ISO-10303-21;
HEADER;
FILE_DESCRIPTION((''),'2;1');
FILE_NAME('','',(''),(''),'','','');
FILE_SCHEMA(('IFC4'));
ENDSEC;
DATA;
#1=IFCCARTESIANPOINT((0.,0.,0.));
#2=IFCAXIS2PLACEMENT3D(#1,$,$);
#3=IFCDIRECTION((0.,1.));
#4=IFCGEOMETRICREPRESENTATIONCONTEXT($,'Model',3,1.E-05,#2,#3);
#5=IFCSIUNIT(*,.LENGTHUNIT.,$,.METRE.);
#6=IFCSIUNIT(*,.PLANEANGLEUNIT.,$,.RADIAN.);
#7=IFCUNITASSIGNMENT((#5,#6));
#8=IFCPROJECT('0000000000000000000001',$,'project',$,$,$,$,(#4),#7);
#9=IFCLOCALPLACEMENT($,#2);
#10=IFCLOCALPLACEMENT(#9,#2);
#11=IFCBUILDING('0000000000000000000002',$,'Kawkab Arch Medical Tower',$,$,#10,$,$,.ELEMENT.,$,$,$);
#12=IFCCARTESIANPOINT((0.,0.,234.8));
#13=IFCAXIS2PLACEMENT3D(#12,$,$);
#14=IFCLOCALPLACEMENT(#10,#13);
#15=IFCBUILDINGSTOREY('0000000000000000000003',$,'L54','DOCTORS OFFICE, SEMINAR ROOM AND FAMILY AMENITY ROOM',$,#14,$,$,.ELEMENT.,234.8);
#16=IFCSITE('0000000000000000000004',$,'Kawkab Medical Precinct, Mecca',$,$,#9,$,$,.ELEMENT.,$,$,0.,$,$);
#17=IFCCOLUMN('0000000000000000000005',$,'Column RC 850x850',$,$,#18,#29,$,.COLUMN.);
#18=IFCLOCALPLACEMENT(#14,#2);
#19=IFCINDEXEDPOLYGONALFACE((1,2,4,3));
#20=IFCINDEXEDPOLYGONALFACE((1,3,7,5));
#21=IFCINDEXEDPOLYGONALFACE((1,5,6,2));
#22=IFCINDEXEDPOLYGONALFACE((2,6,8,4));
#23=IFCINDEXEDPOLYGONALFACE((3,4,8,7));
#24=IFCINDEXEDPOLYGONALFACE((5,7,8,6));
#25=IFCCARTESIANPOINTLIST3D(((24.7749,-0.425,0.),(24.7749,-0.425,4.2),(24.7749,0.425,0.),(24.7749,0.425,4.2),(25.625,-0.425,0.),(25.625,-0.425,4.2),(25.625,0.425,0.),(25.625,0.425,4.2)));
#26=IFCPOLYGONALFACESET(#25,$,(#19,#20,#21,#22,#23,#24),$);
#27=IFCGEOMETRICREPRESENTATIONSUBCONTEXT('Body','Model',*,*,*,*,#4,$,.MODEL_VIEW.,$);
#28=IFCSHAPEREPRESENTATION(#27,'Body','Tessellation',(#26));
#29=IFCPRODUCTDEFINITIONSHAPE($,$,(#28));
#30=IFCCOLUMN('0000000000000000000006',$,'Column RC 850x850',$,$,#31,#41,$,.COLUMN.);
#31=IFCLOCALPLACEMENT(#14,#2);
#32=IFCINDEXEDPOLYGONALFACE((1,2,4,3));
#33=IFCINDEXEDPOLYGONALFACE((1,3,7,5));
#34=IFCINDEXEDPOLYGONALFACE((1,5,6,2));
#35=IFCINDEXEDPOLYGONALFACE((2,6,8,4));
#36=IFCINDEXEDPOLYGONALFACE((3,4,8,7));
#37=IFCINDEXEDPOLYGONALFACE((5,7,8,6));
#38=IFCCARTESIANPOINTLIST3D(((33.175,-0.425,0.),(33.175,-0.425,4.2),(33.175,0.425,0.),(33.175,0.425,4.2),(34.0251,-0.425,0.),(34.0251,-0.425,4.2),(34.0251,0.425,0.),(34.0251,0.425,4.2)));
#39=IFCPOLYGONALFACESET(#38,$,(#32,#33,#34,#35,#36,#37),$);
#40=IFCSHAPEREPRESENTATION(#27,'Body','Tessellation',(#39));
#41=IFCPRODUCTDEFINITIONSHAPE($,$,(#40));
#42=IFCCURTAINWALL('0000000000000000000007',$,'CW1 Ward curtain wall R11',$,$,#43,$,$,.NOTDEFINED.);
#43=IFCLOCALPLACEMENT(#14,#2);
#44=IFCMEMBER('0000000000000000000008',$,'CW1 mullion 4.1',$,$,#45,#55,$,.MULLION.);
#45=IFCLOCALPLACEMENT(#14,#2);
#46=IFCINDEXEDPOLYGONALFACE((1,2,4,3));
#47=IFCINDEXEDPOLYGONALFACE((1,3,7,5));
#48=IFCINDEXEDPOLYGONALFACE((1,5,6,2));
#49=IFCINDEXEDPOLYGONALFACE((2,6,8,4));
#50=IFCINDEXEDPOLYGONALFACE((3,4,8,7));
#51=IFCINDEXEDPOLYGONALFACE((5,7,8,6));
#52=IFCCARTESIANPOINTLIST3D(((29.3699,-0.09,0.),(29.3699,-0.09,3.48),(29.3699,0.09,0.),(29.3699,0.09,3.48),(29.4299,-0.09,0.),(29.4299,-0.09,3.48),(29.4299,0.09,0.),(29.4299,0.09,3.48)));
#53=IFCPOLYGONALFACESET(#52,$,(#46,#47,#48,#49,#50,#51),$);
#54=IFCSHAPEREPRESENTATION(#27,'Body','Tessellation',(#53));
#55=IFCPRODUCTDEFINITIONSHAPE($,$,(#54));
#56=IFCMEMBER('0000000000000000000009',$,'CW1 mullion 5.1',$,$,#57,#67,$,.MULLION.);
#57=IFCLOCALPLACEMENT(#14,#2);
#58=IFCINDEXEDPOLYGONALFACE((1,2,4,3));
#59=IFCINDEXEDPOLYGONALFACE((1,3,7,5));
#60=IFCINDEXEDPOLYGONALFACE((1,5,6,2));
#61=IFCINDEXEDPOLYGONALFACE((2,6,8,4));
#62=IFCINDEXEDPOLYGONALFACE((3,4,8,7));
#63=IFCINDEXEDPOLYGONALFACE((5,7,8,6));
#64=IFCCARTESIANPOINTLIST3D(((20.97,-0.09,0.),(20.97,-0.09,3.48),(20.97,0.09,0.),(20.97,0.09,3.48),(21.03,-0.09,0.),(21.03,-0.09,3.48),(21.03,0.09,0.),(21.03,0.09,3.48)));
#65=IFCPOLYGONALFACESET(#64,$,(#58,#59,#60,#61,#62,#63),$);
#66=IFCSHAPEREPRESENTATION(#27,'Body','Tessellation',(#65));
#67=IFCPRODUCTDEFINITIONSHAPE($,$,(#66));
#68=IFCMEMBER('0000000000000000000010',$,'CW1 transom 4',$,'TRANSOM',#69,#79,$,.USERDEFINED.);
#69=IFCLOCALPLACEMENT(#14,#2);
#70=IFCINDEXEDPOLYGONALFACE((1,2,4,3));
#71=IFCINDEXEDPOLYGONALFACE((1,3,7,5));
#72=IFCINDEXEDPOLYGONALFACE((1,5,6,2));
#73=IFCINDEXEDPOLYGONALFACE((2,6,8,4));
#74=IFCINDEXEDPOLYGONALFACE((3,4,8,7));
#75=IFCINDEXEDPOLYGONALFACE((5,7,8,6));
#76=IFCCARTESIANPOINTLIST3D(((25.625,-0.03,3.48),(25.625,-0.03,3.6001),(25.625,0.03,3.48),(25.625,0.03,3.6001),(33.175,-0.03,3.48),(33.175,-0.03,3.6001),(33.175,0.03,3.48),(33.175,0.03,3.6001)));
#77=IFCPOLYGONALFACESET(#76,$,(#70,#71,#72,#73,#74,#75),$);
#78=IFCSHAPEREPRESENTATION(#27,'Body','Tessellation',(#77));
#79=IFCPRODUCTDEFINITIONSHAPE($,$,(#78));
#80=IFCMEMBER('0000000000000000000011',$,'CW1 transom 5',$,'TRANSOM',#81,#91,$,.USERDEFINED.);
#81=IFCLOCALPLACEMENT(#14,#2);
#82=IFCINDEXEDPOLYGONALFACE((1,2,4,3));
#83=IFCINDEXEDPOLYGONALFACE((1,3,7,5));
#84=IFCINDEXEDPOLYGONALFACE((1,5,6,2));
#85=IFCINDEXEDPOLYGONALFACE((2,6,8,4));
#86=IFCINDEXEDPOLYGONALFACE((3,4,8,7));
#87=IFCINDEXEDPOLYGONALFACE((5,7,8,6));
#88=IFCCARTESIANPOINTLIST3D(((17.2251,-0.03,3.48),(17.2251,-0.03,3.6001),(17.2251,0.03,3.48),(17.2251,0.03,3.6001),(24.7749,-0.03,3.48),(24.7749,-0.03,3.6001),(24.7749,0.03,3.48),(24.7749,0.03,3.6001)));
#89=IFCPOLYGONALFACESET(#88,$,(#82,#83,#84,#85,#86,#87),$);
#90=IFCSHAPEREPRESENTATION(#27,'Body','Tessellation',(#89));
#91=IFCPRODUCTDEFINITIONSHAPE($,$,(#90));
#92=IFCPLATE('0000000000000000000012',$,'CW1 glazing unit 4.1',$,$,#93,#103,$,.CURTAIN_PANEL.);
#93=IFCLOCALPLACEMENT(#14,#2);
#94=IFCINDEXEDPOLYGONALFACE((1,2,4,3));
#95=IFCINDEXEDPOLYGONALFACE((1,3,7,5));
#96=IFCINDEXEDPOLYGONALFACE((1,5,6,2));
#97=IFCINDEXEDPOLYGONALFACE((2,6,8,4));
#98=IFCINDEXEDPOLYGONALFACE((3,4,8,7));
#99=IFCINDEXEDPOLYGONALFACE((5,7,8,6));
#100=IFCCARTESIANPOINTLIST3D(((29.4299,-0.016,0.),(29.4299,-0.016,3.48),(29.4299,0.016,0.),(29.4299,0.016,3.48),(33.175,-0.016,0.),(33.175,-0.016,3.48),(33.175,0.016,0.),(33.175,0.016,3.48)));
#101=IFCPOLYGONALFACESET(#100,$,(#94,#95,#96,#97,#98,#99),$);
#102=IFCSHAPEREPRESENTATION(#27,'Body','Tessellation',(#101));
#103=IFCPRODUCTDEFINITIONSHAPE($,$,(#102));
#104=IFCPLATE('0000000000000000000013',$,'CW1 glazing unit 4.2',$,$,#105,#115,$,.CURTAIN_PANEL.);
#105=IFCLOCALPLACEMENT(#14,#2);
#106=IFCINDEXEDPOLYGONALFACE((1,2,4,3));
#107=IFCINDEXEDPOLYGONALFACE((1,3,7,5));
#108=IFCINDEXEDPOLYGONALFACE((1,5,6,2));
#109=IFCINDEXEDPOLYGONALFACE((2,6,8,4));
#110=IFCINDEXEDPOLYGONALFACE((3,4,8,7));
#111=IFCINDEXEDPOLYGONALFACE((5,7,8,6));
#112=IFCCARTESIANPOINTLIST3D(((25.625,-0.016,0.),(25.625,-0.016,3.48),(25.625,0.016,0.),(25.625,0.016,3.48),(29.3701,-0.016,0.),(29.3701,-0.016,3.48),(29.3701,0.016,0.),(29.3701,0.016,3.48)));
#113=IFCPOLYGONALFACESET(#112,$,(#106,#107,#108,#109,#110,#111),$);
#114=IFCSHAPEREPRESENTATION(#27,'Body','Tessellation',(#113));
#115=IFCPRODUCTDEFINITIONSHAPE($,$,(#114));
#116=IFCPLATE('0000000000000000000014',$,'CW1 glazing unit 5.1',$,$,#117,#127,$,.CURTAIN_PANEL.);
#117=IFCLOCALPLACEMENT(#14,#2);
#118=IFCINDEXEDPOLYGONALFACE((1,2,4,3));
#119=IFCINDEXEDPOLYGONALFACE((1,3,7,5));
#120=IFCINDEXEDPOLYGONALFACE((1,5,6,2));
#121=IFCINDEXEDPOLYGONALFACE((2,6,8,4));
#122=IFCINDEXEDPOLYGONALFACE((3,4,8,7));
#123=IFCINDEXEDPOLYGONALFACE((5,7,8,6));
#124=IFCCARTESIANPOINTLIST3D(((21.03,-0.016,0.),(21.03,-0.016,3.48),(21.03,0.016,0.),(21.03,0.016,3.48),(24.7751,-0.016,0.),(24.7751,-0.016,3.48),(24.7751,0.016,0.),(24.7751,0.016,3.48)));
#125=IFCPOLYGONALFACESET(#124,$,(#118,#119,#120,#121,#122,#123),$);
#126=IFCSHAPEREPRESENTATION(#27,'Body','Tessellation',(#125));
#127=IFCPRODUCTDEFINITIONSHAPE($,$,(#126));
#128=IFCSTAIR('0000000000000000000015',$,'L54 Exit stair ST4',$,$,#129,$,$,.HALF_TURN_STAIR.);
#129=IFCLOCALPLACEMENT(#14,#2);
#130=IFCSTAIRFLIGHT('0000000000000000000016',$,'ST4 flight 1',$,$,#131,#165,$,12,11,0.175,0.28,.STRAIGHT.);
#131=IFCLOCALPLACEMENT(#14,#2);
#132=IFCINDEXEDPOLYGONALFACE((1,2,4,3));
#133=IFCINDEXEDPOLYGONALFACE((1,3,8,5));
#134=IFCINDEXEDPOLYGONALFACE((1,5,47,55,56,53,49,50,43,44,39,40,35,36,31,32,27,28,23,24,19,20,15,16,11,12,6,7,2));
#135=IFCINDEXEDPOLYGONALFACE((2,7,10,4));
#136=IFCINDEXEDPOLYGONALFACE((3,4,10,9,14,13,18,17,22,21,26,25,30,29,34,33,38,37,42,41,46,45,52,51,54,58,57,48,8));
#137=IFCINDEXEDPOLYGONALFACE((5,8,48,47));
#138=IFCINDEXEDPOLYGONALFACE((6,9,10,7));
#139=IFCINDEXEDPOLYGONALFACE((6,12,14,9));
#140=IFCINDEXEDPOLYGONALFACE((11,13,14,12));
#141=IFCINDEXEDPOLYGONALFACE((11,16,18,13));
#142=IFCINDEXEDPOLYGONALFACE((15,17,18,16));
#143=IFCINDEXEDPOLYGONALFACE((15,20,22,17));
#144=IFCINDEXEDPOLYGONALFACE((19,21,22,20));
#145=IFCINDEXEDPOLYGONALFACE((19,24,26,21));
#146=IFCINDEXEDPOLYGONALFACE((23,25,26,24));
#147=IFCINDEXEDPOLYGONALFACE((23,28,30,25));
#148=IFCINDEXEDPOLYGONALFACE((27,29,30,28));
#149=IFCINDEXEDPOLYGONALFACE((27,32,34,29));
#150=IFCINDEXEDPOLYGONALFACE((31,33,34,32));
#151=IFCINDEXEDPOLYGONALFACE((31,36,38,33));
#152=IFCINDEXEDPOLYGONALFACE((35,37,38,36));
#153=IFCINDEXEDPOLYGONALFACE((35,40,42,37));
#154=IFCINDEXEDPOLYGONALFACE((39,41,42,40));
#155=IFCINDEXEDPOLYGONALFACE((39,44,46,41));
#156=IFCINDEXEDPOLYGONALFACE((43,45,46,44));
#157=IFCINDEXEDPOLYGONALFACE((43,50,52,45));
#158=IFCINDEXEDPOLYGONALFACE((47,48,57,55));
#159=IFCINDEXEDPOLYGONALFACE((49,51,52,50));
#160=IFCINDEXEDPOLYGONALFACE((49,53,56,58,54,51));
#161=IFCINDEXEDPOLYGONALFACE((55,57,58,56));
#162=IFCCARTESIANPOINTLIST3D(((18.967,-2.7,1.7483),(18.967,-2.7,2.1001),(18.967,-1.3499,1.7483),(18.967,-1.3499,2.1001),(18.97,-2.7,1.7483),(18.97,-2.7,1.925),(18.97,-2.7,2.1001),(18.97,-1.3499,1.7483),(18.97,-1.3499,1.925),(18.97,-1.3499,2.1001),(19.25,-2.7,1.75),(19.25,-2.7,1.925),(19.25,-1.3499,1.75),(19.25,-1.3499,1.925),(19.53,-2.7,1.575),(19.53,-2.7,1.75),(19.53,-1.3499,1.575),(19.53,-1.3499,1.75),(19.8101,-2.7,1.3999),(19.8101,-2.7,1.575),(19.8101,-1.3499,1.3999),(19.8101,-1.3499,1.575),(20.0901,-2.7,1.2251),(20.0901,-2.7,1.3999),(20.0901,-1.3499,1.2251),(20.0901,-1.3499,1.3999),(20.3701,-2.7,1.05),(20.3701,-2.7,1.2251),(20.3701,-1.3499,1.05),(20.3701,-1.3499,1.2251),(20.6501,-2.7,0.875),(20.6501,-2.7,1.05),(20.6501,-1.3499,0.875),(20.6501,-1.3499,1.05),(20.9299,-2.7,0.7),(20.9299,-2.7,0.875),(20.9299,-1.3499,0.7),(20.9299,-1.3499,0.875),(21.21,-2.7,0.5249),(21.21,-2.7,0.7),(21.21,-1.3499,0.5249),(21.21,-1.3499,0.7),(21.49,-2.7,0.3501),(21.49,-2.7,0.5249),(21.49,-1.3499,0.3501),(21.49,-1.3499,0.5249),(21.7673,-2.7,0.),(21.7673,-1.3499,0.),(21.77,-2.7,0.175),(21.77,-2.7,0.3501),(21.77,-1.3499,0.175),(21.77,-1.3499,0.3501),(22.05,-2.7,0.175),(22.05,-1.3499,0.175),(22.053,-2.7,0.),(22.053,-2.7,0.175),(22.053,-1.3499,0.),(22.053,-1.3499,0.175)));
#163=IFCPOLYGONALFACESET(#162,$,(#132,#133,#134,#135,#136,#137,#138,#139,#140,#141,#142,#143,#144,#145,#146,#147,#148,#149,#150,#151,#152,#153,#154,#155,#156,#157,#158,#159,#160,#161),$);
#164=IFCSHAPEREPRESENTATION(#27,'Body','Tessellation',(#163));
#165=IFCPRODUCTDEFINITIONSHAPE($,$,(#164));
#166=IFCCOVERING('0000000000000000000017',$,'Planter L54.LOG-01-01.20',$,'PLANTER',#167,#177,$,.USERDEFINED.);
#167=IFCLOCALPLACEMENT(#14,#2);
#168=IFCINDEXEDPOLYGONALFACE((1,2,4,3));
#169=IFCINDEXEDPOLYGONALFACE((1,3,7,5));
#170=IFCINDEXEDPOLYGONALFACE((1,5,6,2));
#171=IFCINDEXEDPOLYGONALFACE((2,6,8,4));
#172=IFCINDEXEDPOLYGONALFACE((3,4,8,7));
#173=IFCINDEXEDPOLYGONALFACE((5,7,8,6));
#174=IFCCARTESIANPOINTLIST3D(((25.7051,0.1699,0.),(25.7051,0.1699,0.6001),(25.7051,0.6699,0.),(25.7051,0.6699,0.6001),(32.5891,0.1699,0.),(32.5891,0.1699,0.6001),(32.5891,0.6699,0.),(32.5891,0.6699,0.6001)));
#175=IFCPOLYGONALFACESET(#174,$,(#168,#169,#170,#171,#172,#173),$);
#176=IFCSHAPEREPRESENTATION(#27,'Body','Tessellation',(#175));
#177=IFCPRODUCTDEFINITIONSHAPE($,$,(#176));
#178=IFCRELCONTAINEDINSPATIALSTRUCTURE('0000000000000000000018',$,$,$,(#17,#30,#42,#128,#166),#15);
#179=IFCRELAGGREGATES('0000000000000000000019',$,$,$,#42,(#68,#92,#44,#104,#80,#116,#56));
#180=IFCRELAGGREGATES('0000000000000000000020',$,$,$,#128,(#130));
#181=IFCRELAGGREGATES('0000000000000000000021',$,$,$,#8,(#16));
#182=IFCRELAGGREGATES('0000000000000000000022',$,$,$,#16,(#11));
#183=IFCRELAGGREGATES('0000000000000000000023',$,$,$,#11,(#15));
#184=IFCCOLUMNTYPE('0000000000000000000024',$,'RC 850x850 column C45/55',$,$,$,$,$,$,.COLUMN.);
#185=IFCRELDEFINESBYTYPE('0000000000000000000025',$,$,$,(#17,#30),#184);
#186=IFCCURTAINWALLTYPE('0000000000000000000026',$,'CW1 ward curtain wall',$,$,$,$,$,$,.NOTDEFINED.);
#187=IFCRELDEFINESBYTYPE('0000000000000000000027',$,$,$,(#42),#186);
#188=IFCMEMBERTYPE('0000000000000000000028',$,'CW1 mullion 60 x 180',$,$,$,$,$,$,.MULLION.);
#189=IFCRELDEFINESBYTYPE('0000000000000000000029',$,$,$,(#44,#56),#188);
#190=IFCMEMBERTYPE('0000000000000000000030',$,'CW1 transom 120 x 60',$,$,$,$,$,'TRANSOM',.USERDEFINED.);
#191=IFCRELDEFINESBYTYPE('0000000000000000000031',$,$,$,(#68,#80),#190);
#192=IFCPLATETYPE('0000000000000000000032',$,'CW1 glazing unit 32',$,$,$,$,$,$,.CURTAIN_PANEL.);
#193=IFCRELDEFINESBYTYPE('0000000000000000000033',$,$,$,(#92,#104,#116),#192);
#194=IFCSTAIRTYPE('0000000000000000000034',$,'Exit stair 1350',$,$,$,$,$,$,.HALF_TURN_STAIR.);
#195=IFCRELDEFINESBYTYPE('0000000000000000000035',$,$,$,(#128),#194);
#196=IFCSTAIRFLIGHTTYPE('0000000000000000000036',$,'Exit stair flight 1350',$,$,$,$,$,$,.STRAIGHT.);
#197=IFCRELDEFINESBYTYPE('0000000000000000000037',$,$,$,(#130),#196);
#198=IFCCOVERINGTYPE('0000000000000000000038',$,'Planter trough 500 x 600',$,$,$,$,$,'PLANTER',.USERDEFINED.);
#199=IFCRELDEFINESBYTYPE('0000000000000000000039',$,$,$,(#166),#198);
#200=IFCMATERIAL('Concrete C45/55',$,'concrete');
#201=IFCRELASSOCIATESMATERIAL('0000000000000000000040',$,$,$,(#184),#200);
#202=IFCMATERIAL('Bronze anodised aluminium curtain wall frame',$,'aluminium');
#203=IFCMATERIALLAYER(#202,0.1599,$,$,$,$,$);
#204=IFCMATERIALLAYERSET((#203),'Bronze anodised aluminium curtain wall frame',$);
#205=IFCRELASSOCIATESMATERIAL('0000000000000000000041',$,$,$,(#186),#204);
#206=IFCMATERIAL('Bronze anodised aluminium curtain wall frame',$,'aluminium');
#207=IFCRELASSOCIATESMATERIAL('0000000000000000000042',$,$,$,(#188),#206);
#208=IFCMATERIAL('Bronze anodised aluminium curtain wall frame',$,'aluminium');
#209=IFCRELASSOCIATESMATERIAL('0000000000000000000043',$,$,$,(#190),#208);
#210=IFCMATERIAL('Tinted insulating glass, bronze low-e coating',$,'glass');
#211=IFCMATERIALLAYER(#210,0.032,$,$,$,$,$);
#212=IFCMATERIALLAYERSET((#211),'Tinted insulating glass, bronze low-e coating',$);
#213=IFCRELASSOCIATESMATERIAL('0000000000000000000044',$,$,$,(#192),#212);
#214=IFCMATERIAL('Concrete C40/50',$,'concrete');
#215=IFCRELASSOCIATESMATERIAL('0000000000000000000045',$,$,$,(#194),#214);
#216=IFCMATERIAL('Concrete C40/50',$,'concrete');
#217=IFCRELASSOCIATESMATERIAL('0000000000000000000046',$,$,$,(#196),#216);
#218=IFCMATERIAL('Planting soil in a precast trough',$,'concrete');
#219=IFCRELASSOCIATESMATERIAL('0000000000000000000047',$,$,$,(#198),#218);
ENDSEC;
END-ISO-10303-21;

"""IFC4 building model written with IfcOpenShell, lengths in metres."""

from ifc_helpers import new_model, si_unit, direction, frame, origin, origin_2d, place, context, subcontext, project, spatial, polyline, rectangle, outline, extrude, material, layer, layer_set, material_profile, profile_set, type_object, element, aggregate, save


model = new_model("IFC4")

# Units and contexts
model_context = context("Model", 3, precision=1e-05, world=origin(), true_north=direction((0.0, 1.0)))
body_context = subcontext(model_context, "Body", "Model", "MODEL_VIEW")
ifc_project = project(units=[si_unit("LENGTHUNIT", "METRE"), si_unit("PLANEANGLEUNIT", "RADIAN")], contexts=[model_context])

# Site, building, storey
site_placement = place(None, origin())
site = spatial("IfcSite", under=ifc_project, at=site_placement, Name="Kawkab Medical Precinct, Mecca", CompositionType="ELEMENT", RefElevation=0.0)
building_placement = place(site_placement, origin())
building = spatial("IfcBuilding", under=site, at=building_placement, Name="Kawkab Arch Medical Tower", CompositionType="ELEMENT")
storey_placement = place(building_placement, frame((0.0, 0.0, 234.8)))
storey = spatial("IfcBuildingStorey", under=building, at=storey_placement, Name="L54", Description="DOCTORS OFFICE, SEMINAR ROOM AND FAMILY AMENITY ROOM", CompositionType="ELEMENT", Elevation=234.8)

# Columns
ifc_material_1 = material(Name="Concrete C45/55", Category="concrete")
ifc_material_profile_1 = material_profile(ifc_material_1, rectangle(XDim=0.8501, YDim=0.8501, at=origin_2d()), Name="RC 850x850")
ifc_profile_set_1 = profile_set([ifc_material_profile_1], Name="Concrete C45/55")
column_type = type_object("IfcColumnType", Name="RC 850x850 column C45/55", PredefinedType="COLUMN", material=ifc_profile_set_1)
for number, where, z_axis, x_axis, name in (
    (1, (25.2, 0.0, 0.0), (0.0, 0.0, 1.0), (1.0, 0.0, 0.0), "Column RC 850x850"),
    (2, (33.6001, 0.0, 0.0), (0.0, 0.0, 1.0), (1.0, 0.0, 0.0), "Column RC 850x850"),
):
    element("IfcColumn", number, at=place(storey_placement, frame(where, z_axis=z_axis, x_axis=x_axis)), inside=storey, type_object=column_type, Name=name, PredefinedType="COLUMN", context=body_context, shape_type="SweptSolid", body=[
        extrude(rectangle(XDim=0.8501, YDim=0.8501, at=origin_2d()), origin(), (0.0, 0.0, 1.0), 4.2),
    ])

# Curtain wall, members, plates
ifc_material_2 = material(Name="Bronze anodised aluminium curtain wall frame", Category="aluminium")
ifc_layer_1 = layer(ifc_material_2, 0.1599)
ifc_layer_set_1 = layer_set([ifc_layer_1], Name="Bronze anodised aluminium curtain wall frame")
curtain_wall_type = type_object("IfcCurtainWallType", Name="CW1 ward curtain wall", PredefinedType="NOTDEFINED", material=ifc_layer_set_1)
placement = place(storey_placement, origin())
curtain_wall = element("IfcCurtainWall", 3, at=placement, inside=storey, type_object=curtain_wall_type, Name="CW1 Ward curtain wall R11", PredefinedType="NOTDEFINED")
ifc_material_3 = material(Name="Bronze anodised aluminium curtain wall frame", Category="aluminium")
ifc_material_profile_2 = material_profile(ifc_material_3, rectangle(XDim=0.1799, YDim=0.0601, at=origin_2d()), Name="AL 60x180")
ifc_profile_set_2 = profile_set([ifc_material_profile_2], Name="Bronze anodised aluminium curtain wall frame")
member_type_1 = type_object("IfcMemberType", Name="CW1 mullion 60 x 180", PredefinedType="MULLION", material=ifc_profile_set_2)
member_1_placement = place(storey_placement, frame((29.3999, 0.0, 0.0), z_axis=(0.0, 0.0, 1.0), x_axis=(0.0, -1.0, 0.0)))
member_1 = element("IfcMember", 4, at=member_1_placement, type_object=member_type_1, Name="CW1 mullion 4.1", PredefinedType="MULLION", context=body_context, shape_type="SweptSolid", body=[
    extrude(rectangle(XDim=0.1799, YDim=0.0601, at=origin_2d()), origin(), (0.0, 0.0, 1.0), 3.48),
])
member_2_placement = place(storey_placement, frame((21.0, 0.0, 0.0), z_axis=(0.0, 0.0, 1.0), x_axis=(0.0, -1.0, 0.0)))
member_2 = element("IfcMember", 5, at=member_2_placement, type_object=member_type_1, Name="CW1 mullion 5.1", PredefinedType="MULLION", context=body_context, shape_type="SweptSolid", body=[
    extrude(rectangle(XDim=0.1799, YDim=0.0601, at=origin_2d()), origin(), (0.0, 0.0, 1.0), 3.48),
])
ifc_material_4 = material(Name="Bronze anodised aluminium curtain wall frame", Category="aluminium")
ifc_material_profile_3 = material_profile(ifc_material_4, rectangle(XDim=0.0601, YDim=0.1201, at=origin_2d()), Name="AL 60x120")
ifc_profile_set_3 = profile_set([ifc_material_profile_3], Name="Bronze anodised aluminium curtain wall frame")
member_type_2 = type_object("IfcMemberType", Name="CW1 transom 120 x 60", ElementType="TRANSOM", PredefinedType="USERDEFINED", material=ifc_profile_set_3)
member_3_placement = place(storey_placement, frame((33.175, 0.0, 3.54), z_axis=(-1.0, 0.0, 0.0), x_axis=(0.0, -1.0, 0.0)))
member_3 = element("IfcMember", 6, at=member_3_placement, type_object=member_type_2, Name="CW1 transom 4", ObjectType="TRANSOM", PredefinedType="USERDEFINED", context=body_context, shape_type="SweptSolid", body=[
    extrude(rectangle(XDim=0.0601, YDim=0.1201, at=origin_2d()), origin(), (0.0, 0.0, 1.0), 7.55),
])
member_4_placement = place(storey_placement, frame((24.7749, 0.0, 3.54), z_axis=(-1.0, 0.0, 0.0), x_axis=(0.0, -1.0, 0.0)))
member_4 = element("IfcMember", 7, at=member_4_placement, type_object=member_type_2, Name="CW1 transom 5", ObjectType="TRANSOM", PredefinedType="USERDEFINED", context=body_context, shape_type="SweptSolid", body=[
    extrude(rectangle(XDim=0.0601, YDim=0.1201, at=origin_2d()), origin(), (0.0, 0.0, 1.0), 7.5498),
])
ifc_material_5 = material(Name="Tinted insulating glass, bronze low-e coating", Category="glass")
ifc_layer_2 = layer(ifc_material_5, 0.032)
ifc_layer_set_2 = layer_set([ifc_layer_2], Name="Tinted insulating glass, bronze low-e coating")
plate_type = type_object("IfcPlateType", Name="CW1 glazing unit 32", PredefinedType="CURTAIN_PANEL", material=ifc_layer_set_2)
plate_1_placement = place(storey_placement, frame((31.3025, 0.0, 0.0), z_axis=(0.0, 0.0, 1.0), x_axis=(-1.0, 0.0, 0.0)))
plate_1 = element("IfcPlate", 8, at=plate_1_placement, type_object=plate_type, Name="CW1 glazing unit 4.1", PredefinedType="CURTAIN_PANEL", context=body_context, shape_type="SweptSolid", body=[
    extrude(rectangle(XDim=3.7451, YDim=0.032, at=origin_2d()), origin(), (0.0, 0.0, 1.0), 3.48),
])
plate_2_placement = place(storey_placement, frame((27.4976, 0.0, 0.0), z_axis=(0.0, 0.0, 1.0), x_axis=(-1.0, 0.0, 0.0)))
plate_2 = element("IfcPlate", 9, at=plate_2_placement, type_object=plate_type, Name="CW1 glazing unit 4.2", PredefinedType="CURTAIN_PANEL", context=body_context, shape_type="SweptSolid", body=[
    extrude(rectangle(XDim=3.7451, YDim=0.032, at=origin_2d()), origin(), (0.0, 0.0, 1.0), 3.48),
])
plate_3_placement = place(storey_placement, frame((22.9026, 0.0, 0.0), z_axis=(0.0, 0.0, 1.0), x_axis=(-1.0, 0.0, 0.0)))
plate_3 = element("IfcPlate", 10, at=plate_3_placement, type_object=plate_type, Name="CW1 glazing unit 5.1", PredefinedType="CURTAIN_PANEL", context=body_context, shape_type="SweptSolid", body=[
    extrude(rectangle(XDim=3.7451, YDim=0.032, at=origin_2d()), origin(), (0.0, 0.0, 1.0), 3.48),
])
aggregate(curtain_wall, [member_3, plate_1, member_1, plate_2, member_4, plate_3, member_2])

# Stair, stair flight
ifc_material_6 = material(Name="Concrete C40/50", Category="concrete")
stair_type = type_object("IfcStairType", Name="Exit stair 1350", PredefinedType="HALF_TURN_STAIR", material=ifc_material_6)
stair = element("IfcStair", 11, at=placement, inside=storey, type_object=stair_type, Name="L54 Exit stair ST4", PredefinedType="HALF_TURN_STAIR")
ifc_material_7 = material(Name="Concrete C40/50", Category="concrete")
stair_flight_type = type_object("IfcStairFlightType", Name="Exit stair flight 1350", PredefinedType="STRAIGHT", material=ifc_material_7)
stair_flight_placement = place(storey_placement, frame((22.05, -2.0249, 0.0), z_axis=(0.0, 0.0, 1.0), x_axis=(-1.0, 0.0, 0.0)))
stair_flight = element("IfcStairFlight", 12, at=stair_flight_placement, type_object=stair_flight_type, Name="ST4 flight 1", NumberOfRisers=12, NumberOfTreads=11, PredefinedType="STRAIGHT", RiserHeight=0.175, TreadLength=0.28, context=body_context, shape_type="SweptSolid", body=[
    extrude(outline(polyline([(-0.0029, 0.0), (-0.0029, 0.175), (0.0, 0.175), (0.28, 0.175), (0.28, 0.3501), (0.5601, 0.3501), (0.5601, 0.5249), (0.8401, 0.5249), (0.8401, 0.7), (1.1201, 0.7), (1.1201, 0.875), (1.3999, 0.875), (1.3999, 1.05), (1.6799, 1.05), (1.6799, 1.2251), (1.96, 1.2251), (1.96, 1.3999), (2.24, 1.3999), (2.24, 1.575), (2.52, 1.575), (2.52, 1.75), (2.8, 1.75), (2.8, 1.925), (3.0801, 1.925), (3.0801, 2.1001), (3.083, 2.1001), (3.083, 1.7483), (3.0801, 1.7483), (0.2827, 0.0), (-0.0029, 0.0)])), frame((0.0, 0.675, 0.0), z_axis=(0.0, -1.0, 0.0), x_axis=(1.0, 0.0, 0.0)), (0.0, 0.0, 1.0), 1.3501),
])
aggregate(stair, [stair_flight])

# Covering
ifc_material_8 = material(Name="Planting soil in a precast trough", Category="concrete")
ifc_material_profile_4 = material_profile(ifc_material_8, rectangle(XDim=0.5, YDim=0.6001, at=origin_2d()), Name="Trough 500x600")
ifc_profile_set_4 = profile_set([ifc_material_profile_4], Name="Planting soil in a precast trough")
covering_type = type_object("IfcCoveringType", Name="Planter trough 500 x 600", ElementType="PLANTER", PredefinedType="USERDEFINED", material=ifc_profile_set_4)
covering_1_placement = place(storey_placement, frame((25.7051, 0.4199, 0.3), z_axis=(1.0, 0.0, 0.0), x_axis=(0.0, 1.0, 0.0)))
element("IfcCovering", 13, at=covering_1_placement, inside=storey, type_object=covering_type, Name="Planter L54.LOG-01-01.20", ObjectType="PLANTER", PredefinedType="USERDEFINED", context=body_context, shape_type="SweptSolid", body=[
    extrude(rectangle(XDim=0.5, YDim=0.6001, at=origin_2d()), origin(), (0.0, 0.0, 1.0), 6.884),
])

save(model, "model.ifc")
